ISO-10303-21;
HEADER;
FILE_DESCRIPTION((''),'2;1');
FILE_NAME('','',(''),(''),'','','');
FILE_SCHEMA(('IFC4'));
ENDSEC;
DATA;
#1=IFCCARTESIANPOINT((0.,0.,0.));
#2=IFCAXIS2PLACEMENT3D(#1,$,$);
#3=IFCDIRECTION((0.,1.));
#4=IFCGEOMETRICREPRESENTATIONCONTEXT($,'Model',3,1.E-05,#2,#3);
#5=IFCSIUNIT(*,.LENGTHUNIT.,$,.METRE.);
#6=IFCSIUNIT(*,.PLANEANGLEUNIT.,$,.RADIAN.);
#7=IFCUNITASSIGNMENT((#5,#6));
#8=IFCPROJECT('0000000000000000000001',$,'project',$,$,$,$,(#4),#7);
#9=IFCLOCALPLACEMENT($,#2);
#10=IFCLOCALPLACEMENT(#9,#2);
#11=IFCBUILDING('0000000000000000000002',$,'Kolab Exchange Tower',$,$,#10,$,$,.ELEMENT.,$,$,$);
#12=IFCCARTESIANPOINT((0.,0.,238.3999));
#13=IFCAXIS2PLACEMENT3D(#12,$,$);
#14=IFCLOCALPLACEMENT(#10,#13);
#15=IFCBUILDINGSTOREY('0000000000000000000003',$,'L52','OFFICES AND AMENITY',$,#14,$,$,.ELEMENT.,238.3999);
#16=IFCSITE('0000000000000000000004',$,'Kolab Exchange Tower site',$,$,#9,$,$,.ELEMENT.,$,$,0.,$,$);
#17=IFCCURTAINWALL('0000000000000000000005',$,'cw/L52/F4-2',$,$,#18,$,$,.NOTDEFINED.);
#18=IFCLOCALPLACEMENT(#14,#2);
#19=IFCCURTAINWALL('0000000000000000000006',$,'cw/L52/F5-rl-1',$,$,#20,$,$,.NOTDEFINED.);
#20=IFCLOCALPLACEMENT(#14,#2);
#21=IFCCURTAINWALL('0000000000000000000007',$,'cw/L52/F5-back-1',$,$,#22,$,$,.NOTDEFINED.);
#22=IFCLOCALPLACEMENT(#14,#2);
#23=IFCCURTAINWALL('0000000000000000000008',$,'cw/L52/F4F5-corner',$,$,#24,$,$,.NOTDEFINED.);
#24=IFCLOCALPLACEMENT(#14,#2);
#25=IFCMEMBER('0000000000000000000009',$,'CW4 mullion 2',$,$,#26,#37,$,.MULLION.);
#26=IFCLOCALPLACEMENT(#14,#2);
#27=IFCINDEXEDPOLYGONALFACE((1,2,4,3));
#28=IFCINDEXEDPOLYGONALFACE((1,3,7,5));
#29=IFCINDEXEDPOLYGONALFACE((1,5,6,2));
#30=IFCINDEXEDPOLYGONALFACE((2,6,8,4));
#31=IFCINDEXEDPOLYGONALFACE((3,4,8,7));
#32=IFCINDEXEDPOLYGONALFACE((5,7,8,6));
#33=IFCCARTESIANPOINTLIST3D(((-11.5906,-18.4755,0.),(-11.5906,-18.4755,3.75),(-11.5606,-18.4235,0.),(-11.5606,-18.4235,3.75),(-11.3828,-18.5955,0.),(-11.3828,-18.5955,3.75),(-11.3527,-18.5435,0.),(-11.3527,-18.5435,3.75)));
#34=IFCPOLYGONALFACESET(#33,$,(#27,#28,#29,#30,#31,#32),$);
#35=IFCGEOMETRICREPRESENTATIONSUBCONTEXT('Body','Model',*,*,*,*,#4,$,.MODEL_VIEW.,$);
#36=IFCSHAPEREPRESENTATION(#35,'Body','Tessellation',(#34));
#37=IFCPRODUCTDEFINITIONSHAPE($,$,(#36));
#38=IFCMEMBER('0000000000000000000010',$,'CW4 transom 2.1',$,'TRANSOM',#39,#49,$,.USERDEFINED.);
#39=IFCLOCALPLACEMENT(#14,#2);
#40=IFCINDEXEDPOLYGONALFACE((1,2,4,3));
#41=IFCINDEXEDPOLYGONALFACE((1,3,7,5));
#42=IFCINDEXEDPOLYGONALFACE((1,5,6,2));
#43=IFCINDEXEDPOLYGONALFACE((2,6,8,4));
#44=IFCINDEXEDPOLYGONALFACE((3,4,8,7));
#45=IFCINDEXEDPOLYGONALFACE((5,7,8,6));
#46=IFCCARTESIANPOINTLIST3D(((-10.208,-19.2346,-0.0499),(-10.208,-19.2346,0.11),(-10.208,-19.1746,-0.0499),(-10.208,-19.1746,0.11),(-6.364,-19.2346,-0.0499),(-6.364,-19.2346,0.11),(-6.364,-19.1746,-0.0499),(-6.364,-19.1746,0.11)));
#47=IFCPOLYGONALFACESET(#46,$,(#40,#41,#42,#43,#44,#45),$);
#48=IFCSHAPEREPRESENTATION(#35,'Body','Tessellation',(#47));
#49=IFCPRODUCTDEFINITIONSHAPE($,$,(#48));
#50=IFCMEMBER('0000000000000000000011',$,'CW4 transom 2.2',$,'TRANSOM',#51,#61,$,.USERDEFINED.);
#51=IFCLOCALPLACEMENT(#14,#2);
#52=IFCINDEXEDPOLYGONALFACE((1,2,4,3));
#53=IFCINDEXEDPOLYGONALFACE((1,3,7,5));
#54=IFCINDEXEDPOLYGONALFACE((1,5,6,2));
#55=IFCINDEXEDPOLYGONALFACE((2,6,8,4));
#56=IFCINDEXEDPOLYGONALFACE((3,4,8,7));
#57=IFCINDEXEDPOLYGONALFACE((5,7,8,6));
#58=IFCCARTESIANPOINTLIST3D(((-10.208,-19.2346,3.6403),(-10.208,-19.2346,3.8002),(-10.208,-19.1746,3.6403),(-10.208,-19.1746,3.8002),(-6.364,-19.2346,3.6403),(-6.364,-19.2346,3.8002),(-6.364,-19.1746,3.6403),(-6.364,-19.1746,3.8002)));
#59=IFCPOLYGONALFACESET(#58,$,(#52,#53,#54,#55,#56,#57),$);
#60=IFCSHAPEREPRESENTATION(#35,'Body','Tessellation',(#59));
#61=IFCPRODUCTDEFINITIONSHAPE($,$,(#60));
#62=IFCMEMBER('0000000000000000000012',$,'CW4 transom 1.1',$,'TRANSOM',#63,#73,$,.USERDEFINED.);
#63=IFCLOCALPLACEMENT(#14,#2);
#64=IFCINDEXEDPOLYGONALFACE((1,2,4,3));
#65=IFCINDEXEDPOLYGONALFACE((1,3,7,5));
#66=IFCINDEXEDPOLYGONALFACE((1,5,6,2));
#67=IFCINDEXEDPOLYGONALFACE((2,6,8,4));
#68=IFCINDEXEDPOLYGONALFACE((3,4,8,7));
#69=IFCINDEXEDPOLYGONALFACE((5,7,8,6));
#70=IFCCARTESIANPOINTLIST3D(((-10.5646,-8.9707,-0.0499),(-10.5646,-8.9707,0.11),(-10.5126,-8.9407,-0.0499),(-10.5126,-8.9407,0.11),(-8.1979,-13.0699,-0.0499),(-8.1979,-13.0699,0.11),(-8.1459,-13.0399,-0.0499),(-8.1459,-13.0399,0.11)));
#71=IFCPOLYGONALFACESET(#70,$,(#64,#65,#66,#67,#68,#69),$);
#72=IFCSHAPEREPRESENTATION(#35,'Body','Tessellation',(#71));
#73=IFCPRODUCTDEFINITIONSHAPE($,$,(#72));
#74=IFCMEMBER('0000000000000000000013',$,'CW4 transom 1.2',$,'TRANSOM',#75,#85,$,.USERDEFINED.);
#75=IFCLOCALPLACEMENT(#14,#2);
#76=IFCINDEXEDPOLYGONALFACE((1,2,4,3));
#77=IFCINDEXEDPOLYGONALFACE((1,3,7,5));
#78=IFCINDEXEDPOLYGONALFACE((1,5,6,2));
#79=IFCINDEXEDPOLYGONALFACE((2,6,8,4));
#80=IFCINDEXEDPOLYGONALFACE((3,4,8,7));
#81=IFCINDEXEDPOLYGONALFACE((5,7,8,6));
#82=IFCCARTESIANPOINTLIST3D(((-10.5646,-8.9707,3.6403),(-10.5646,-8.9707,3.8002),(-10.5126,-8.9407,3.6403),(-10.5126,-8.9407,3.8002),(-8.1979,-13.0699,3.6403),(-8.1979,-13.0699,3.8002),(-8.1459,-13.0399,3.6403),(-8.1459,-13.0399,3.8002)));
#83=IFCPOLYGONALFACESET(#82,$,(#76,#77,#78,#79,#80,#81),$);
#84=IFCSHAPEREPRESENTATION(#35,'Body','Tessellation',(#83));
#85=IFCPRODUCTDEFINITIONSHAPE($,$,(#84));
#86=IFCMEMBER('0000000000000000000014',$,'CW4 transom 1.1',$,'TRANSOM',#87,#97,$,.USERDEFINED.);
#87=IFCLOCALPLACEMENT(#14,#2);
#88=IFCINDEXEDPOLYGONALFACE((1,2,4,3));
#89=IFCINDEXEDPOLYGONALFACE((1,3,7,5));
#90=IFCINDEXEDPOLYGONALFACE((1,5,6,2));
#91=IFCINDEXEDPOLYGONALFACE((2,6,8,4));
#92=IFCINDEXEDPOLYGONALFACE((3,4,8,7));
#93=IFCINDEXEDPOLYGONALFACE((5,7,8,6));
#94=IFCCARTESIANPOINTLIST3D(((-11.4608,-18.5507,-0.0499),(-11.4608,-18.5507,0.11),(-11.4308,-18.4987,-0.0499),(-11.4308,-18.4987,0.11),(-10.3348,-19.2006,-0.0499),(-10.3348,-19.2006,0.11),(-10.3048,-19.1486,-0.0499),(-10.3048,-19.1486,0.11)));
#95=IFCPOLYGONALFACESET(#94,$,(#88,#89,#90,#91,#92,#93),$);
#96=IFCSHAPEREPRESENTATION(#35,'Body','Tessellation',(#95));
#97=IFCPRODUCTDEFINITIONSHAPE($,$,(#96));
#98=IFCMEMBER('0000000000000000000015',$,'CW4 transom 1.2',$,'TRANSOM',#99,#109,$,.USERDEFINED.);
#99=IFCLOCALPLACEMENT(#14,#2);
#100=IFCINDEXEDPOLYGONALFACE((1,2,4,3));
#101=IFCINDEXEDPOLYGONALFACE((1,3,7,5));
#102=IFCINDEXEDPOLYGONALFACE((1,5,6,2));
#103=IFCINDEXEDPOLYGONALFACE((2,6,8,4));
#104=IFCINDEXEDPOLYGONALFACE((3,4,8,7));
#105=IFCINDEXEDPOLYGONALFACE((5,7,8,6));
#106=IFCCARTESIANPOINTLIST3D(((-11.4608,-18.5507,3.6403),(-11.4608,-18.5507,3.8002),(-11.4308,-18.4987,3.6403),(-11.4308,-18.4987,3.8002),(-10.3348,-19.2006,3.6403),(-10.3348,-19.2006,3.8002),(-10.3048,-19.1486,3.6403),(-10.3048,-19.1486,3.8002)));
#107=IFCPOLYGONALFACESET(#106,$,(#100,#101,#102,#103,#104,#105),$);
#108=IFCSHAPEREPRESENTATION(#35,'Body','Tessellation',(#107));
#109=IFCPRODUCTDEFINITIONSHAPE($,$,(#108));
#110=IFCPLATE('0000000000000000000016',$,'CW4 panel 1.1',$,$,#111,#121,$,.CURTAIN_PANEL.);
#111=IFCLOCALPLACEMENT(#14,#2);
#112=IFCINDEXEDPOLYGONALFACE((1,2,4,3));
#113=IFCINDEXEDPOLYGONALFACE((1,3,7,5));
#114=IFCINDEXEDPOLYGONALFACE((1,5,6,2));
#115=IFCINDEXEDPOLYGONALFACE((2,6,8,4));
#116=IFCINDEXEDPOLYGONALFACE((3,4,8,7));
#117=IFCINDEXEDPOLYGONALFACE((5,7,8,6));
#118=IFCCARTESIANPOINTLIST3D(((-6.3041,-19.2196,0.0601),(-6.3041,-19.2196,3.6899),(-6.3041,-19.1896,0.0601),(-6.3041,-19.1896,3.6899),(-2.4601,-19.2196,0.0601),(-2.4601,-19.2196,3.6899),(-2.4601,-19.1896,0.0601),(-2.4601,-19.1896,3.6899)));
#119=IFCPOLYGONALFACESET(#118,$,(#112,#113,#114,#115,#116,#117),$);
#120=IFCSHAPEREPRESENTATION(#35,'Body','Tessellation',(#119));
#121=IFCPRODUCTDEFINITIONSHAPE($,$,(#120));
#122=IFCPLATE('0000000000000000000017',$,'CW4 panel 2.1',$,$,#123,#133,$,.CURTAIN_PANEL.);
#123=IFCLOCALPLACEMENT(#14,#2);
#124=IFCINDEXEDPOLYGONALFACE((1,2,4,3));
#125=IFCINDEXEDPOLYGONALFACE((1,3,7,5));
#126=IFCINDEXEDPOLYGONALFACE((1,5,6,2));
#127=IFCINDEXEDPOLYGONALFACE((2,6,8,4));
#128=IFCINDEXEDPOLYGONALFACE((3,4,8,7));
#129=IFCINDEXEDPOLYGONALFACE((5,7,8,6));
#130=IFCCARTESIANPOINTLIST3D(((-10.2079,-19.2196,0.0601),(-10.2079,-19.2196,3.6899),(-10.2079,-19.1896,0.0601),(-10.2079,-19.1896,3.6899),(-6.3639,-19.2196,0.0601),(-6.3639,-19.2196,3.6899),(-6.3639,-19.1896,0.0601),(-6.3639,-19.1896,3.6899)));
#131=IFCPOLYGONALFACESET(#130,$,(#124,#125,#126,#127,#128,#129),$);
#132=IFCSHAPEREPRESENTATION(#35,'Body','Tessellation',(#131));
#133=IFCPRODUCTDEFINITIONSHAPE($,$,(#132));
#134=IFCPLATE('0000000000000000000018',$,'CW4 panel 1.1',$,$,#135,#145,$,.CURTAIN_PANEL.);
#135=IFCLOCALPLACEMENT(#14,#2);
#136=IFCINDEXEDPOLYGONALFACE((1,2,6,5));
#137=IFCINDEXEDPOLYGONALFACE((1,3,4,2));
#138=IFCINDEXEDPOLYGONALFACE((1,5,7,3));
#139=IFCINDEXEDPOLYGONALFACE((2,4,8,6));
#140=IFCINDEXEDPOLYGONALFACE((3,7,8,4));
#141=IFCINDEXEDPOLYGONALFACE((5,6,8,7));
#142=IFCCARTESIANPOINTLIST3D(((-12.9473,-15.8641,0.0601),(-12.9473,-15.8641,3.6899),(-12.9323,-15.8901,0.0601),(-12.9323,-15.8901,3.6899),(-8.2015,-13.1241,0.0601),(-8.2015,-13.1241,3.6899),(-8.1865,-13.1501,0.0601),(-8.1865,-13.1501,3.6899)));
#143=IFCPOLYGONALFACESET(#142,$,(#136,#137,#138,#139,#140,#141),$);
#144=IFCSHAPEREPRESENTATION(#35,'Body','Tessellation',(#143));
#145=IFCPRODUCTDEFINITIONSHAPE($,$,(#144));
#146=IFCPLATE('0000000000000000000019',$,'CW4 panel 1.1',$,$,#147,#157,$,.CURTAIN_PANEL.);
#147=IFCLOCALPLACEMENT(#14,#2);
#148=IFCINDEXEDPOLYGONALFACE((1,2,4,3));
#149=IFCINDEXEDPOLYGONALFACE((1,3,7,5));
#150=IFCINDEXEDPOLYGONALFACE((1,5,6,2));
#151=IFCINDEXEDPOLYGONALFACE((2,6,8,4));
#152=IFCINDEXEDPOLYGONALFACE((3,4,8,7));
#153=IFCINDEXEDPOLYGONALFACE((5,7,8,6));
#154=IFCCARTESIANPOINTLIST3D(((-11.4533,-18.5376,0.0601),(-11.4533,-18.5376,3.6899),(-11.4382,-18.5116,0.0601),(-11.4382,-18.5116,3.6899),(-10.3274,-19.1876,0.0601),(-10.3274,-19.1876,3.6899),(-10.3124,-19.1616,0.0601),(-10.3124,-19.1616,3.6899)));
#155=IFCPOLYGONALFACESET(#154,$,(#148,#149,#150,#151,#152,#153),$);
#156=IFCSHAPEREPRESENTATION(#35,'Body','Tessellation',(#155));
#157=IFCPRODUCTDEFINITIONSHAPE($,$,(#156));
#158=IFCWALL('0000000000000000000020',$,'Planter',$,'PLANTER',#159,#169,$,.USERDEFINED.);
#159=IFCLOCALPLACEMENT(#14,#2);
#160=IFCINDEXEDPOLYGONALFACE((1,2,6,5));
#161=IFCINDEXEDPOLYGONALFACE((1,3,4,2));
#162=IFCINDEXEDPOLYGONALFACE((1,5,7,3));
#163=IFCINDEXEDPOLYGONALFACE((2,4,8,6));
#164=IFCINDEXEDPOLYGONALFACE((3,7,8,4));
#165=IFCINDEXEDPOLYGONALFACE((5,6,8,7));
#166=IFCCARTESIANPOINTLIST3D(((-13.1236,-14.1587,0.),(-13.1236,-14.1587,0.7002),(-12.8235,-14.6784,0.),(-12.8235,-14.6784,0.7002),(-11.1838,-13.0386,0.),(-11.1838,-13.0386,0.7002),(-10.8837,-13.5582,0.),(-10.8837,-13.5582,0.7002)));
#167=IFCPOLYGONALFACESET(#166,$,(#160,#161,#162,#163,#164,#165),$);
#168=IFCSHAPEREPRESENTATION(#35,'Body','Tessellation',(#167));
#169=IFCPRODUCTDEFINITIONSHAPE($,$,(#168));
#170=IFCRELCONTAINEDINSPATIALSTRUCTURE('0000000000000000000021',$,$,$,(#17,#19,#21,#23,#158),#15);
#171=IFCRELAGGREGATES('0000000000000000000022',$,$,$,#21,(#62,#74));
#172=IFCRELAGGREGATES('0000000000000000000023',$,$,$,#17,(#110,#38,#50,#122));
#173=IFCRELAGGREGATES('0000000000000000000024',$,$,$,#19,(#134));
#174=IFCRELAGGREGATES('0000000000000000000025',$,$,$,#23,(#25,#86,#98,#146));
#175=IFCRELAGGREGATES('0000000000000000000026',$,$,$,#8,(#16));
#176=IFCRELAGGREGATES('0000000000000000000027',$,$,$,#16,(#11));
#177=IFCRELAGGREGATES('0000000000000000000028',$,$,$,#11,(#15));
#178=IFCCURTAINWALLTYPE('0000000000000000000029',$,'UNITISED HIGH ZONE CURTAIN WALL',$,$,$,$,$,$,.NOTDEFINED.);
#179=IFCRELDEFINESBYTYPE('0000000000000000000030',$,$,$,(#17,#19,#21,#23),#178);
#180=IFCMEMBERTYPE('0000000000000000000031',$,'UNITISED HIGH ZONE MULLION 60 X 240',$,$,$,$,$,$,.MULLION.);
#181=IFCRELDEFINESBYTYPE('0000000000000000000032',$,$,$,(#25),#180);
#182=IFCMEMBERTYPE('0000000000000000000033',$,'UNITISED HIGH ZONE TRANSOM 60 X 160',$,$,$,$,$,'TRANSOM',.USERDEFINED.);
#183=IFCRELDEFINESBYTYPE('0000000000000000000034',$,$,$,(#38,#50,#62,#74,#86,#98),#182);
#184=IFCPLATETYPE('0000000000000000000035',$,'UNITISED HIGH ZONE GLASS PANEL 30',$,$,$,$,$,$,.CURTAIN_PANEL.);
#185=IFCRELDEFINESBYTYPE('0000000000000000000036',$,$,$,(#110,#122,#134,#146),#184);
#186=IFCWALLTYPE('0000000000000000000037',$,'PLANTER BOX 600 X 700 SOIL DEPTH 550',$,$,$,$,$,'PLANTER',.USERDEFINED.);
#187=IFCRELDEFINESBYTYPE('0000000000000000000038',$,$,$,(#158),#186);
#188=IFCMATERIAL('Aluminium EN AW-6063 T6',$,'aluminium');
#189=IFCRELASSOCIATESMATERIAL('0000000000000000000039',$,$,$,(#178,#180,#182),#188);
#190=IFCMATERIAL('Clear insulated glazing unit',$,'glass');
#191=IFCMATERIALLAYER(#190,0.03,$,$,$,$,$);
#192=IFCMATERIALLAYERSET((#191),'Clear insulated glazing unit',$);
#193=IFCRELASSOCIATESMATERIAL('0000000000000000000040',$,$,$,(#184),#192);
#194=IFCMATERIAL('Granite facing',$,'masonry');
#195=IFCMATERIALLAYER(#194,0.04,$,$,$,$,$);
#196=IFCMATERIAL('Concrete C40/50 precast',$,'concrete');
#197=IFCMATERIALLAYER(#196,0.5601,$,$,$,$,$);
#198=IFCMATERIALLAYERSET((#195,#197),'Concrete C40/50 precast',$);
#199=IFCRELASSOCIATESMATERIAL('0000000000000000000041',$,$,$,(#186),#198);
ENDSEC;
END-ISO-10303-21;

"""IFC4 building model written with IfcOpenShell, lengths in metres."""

from ifc_helpers import new_model, si_unit, direction, frame, frame_2d, origin, origin_2d, place, context, subcontext, project, spatial, rectangle, extrude, material, layer, layer_set, material_profile, profile_set, type_object, element, aggregate, save


model = new_model("IFC4")

# Units and contexts
model_context = context("Model", 3, precision=1e-05, world=origin(), true_north=direction((0.0, 1.0)))
body_context = subcontext(model_context, "Body", "Model", "MODEL_VIEW")
ifc_project = project(units=[si_unit("LENGTHUNIT", "METRE"), si_unit("PLANEANGLEUNIT", "RADIAN")], contexts=[model_context])

# Site, building, storey
site_placement = place(None, origin())
site = spatial("IfcSite", under=ifc_project, at=site_placement, Name="Kolab Exchange Tower site", CompositionType="ELEMENT", RefElevation=0.0)
building_placement = place(site_placement, origin())
building = spatial("IfcBuilding", under=site, at=building_placement, Name="Kolab Exchange Tower", CompositionType="ELEMENT")
storey_placement = place(building_placement, frame((0.0, 0.0, 238.3999)))
storey = spatial("IfcBuildingStorey", under=building, at=storey_placement, Name="L52", Description="OFFICES AND AMENITY", CompositionType="ELEMENT", Elevation=238.3999)

# Curtain wall
ifc_material_1 = material(Name="Aluminium EN AW-6063 T6", Category="aluminium")
curtain_wall_type = type_object("IfcCurtainWallType", Name="UNITISED HIGH ZONE CURTAIN WALL", PredefinedType="NOTDEFINED", material=ifc_material_1)
curtain_wall_1_placement = place(storey_placement, origin())
curtain_wall_1 = element("IfcCurtainWall", 1, at=curtain_wall_1_placement, inside=storey, type_object=curtain_wall_type, Name="cw/L52/F4-2", PredefinedType="NOTDEFINED")
ifc_material_profile_1 = material_profile(ifc_material_1, rectangle(XDim=0.0601, YDim=0.24, at=origin_2d()), Name="RECT 60X240")
ifc_profile_set_1 = profile_set([ifc_material_profile_1], Name="Aluminium EN AW-6063 T6")
member_type_1 = type_object("IfcMemberType", Name="UNITISED HIGH ZONE MULLION 60 X 240", PredefinedType="MULLION", material=ifc_profile_set_1)

# Curtain walls
curtain_wall_2_placement = place(storey_placement, origin())
curtain_wall_2 = element("IfcCurtainWall", 2, at=curtain_wall_2_placement, inside=storey, type_object=curtain_wall_type, Name="cw/L52/F5-rl-1", PredefinedType="NOTDEFINED")
curtain_wall_3_placement = place(storey_placement, origin())
curtain_wall_3 = element("IfcCurtainWall", 3, at=curtain_wall_3_placement, inside=storey, type_object=curtain_wall_type, Name="cw/L52/F5-back-1", PredefinedType="NOTDEFINED")

# Curtain wall, member
curtain_wall_4_placement = place(storey_placement, origin())
curtain_wall_4 = element("IfcCurtainWall", 4, at=curtain_wall_4_placement, inside=storey, type_object=curtain_wall_type, Name="cw/L52/F4F5-corner", PredefinedType="NOTDEFINED")
member_1_placement = place(storey_placement, frame((-11.4717, -18.5095, 0.0), z_axis=(0.0, 0.0, 1.0), x_axis=(-0.5, -0.866025, 0.0)))
member_1 = element("IfcMember", 5, at=member_1_placement, type_object=member_type_1, Name="CW4 mullion 2", PredefinedType="MULLION", context=body_context, shape_type="SweptSolid", body=[
    extrude(rectangle(XDim=0.0601, YDim=0.24, at=origin_2d()), origin(), (0.0, 0.0, 1.0), 3.75),
])

# Members
ifc_material_profile_2 = material_profile(ifc_material_1, rectangle(XDim=0.0601, YDim=0.1599, at=origin_2d()), Name="RECT 60X160")
ifc_profile_set_2 = profile_set([ifc_material_profile_2], Name="Aluminium EN AW-6063 T6")
member_type_2 = type_object("IfcMemberType", Name="UNITISED HIGH ZONE TRANSOM 60 X 160", ElementType="TRANSOM", PredefinedType="USERDEFINED", material=ifc_profile_set_2)
member_2_placement = place(storey_placement, frame((-6.364, -19.2046, 0.03), z_axis=(-1.0, 0.0, 0.0), x_axis=(0.0, -1.0, 0.0)))
member_2 = element("IfcMember", 6, at=member_2_placement, type_object=member_type_2, Name="CW4 transom 2.1", ObjectType="TRANSOM", PredefinedType="USERDEFINED", context=body_context, shape_type="SweptSolid", body=[
    extrude(rectangle(XDim=0.0601, YDim=0.1599, at=origin_2d()), origin(), (0.0, 0.0, 1.0), 3.844),
])
member_3_placement = place(storey_placement, frame((-6.364, -19.2046, 3.7202), z_axis=(-1.0, 0.0, 0.0), x_axis=(0.0, -1.0, 0.0)))
member_3 = element("IfcMember", 7, at=member_3_placement, type_object=member_type_2, Name="CW4 transom 2.2", ObjectType="TRANSOM", PredefinedType="USERDEFINED", context=body_context, shape_type="SweptSolid", body=[
    extrude(rectangle(XDim=0.0601, YDim=0.1599, at=origin_2d()), origin(), (0.0, 0.0, 1.0), 3.844),
])
member_4_placement = place(storey_placement, frame((-8.1719, -13.0549, 0.03), z_axis=(-0.500011, 0.866019, 0.0), x_axis=(-0.866019, -0.500011, 0.0)))
member_4 = element("IfcMember", 8, at=member_4_placement, type_object=member_type_2, Name="CW4 transom 1.1", ObjectType="TRANSOM", PredefinedType="USERDEFINED", context=body_context, shape_type="SweptSolid", body=[
    extrude(rectangle(XDim=0.0601, YDim=0.1599, at=origin_2d()), origin(), (0.0, 0.0, 1.0), 4.7334),
])
member_5_placement = place(storey_placement, frame((-8.1719, -13.0549, 3.7202), z_axis=(-0.500011, 0.866019, 0.0), x_axis=(-0.866019, -0.500011, 0.0)))
member_5 = element("IfcMember", 9, at=member_5_placement, type_object=member_type_2, Name="CW4 transom 1.2", ObjectType="TRANSOM", PredefinedType="USERDEFINED", context=body_context, shape_type="SweptSolid", body=[
    extrude(rectangle(XDim=0.0601, YDim=0.1599, at=origin_2d()), origin(), (0.0, 0.0, 1.0), 4.7334),
])
aggregate(curtain_wall_3, [member_4, member_5])
member_6_placement = place(storey_placement, frame((-10.3198, -19.1746, 0.03), z_axis=(-0.866086, 0.499896, 0.0), x_axis=(-0.499896, -0.866086, 0.0)))
member_6 = element("IfcMember", 10, at=member_6_placement, type_object=member_type_2, Name="CW4 transom 1.1", ObjectType="TRANSOM", PredefinedType="USERDEFINED", context=body_context, shape_type="SweptSolid", body=[
    extrude(rectangle(XDim=0.0601, YDim=0.1599, at=origin_2d()), origin(), (0.0, 0.0, 1.0), 1.3),
])
member_7_placement = place(storey_placement, frame((-10.3198, -19.1746, 3.7202), z_axis=(-0.866086, 0.499896, 0.0), x_axis=(-0.499896, -0.866086, 0.0)))
member_7 = element("IfcMember", 11, at=member_7_placement, type_object=member_type_2, Name="CW4 transom 1.2", ObjectType="TRANSOM", PredefinedType="USERDEFINED", context=body_context, shape_type="SweptSolid", body=[
    extrude(rectangle(XDim=0.0601, YDim=0.1599, at=origin_2d()), origin(), (0.0, 0.0, 1.0), 1.3),
])

# Plates
ifc_material_2 = material(Name="Clear insulated glazing unit", Category="glass")
ifc_layer_1 = layer(ifc_material_2, 0.03)
ifc_layer_set_1 = layer_set([ifc_layer_1], Name="Clear insulated glazing unit")
plate_type = type_object("IfcPlateType", Name="UNITISED HIGH ZONE GLASS PANEL 30", PredefinedType="CURTAIN_PANEL", material=ifc_layer_set_1)
plate_1_placement = place(storey_placement, frame((-4.3821, -19.2046, 0.0601), z_axis=(0.0, 0.0, 1.0), x_axis=(-1.0, 0.0, 0.0)))
plate_1 = element("IfcPlate", 12, at=plate_1_placement, type_object=plate_type, Name="CW4 panel 1.1", PredefinedType="CURTAIN_PANEL", context=body_context, shape_type="SweptSolid", body=[
    extrude(rectangle(XDim=3.844, YDim=0.03, at=origin_2d()), origin(), (0.0, 0.0, 1.0), 3.6299),
])
plate_2_placement = place(storey_placement, frame((-8.2859, -19.2046, 0.0601), z_axis=(0.0, 0.0, 1.0), x_axis=(-1.0, 0.0, 0.0)))
plate_2 = element("IfcPlate", 13, at=plate_2_placement, type_object=plate_type, Name="CW4 panel 2.1", PredefinedType="CURTAIN_PANEL", context=body_context, shape_type="SweptSolid", body=[
    extrude(rectangle(XDim=3.844, YDim=0.03, at=origin_2d()), origin(), (0.0, 0.0, 1.0), 3.6299),
])
aggregate(curtain_wall_1, [plate_1, member_2, member_3, plate_2])
plate_3_placement = place(storey_placement, frame((-10.5669, -14.5071, 0.0601), z_axis=(0.0, 0.0, 1.0), x_axis=(0.866025, 0.5, 0.0)))
plate_3 = element("IfcPlate", 14, at=plate_3_placement, type_object=plate_type, Name="CW4 panel 1.1", PredefinedType="CURTAIN_PANEL", context=body_context, shape_type="SweptSolid", body=[
    extrude(rectangle(XDim=5.48, YDim=0.03, at=origin_2d()), origin(), (0.0, 0.0, 1.0), 3.6299),
])
aggregate(curtain_wall_2, [plate_3])
plate_4_placement = place(storey_placement, frame((-10.8828, -18.8496, 0.0601), z_axis=(0.0, 0.0, 1.0), x_axis=(-0.866025, 0.5, 0.0)))
plate_4 = element("IfcPlate", 15, at=plate_4_placement, type_object=plate_type, Name="CW4 panel 1.1", PredefinedType="CURTAIN_PANEL", context=body_context, shape_type="SweptSolid", body=[
    extrude(rectangle(XDim=1.3, YDim=0.03, at=origin_2d()), origin(), (0.0, 0.0, 1.0), 3.6299),
])
aggregate(curtain_wall_4, [member_1, member_6, member_7, plate_4])

# Wall
ifc_material_3 = material(Name="Granite facing", Category="masonry")
ifc_layer_2 = layer(ifc_material_3, 0.04)
ifc_material_4 = material(Name="Concrete C40/50 precast", Category="concrete")
ifc_layer_3 = layer(ifc_material_4, 0.5601)
ifc_layer_set_2 = layer_set([ifc_layer_2, ifc_layer_3], Name="Concrete C40/50 precast")
wall_type_1 = type_object("IfcWallType", Name="PLANTER BOX 600 X 700 SOIL DEPTH 550", ElementType="PLANTER", PredefinedType="USERDEFINED", material=ifc_layer_set_2)
wall_1_placement = place(storey_placement, frame((-11.0337, -13.2983, 0.0), z_axis=(0.0, 0.0, 1.0), x_axis=(-0.86598, -0.500078, 0.0)))
element("IfcWall", 16, at=wall_1_placement, inside=storey, type_object=wall_type_1, Name="Planter", ObjectType="PLANTER", PredefinedType="USERDEFINED", context=body_context, shape_type="SweptSolid", body=[
    extrude(rectangle(XDim=2.24, YDim=0.6001, at=frame_2d((1.1201, 0.0))), origin(), (0.0, 0.0, 1.0), 0.7002),
])

save(model, "model.ifc")
